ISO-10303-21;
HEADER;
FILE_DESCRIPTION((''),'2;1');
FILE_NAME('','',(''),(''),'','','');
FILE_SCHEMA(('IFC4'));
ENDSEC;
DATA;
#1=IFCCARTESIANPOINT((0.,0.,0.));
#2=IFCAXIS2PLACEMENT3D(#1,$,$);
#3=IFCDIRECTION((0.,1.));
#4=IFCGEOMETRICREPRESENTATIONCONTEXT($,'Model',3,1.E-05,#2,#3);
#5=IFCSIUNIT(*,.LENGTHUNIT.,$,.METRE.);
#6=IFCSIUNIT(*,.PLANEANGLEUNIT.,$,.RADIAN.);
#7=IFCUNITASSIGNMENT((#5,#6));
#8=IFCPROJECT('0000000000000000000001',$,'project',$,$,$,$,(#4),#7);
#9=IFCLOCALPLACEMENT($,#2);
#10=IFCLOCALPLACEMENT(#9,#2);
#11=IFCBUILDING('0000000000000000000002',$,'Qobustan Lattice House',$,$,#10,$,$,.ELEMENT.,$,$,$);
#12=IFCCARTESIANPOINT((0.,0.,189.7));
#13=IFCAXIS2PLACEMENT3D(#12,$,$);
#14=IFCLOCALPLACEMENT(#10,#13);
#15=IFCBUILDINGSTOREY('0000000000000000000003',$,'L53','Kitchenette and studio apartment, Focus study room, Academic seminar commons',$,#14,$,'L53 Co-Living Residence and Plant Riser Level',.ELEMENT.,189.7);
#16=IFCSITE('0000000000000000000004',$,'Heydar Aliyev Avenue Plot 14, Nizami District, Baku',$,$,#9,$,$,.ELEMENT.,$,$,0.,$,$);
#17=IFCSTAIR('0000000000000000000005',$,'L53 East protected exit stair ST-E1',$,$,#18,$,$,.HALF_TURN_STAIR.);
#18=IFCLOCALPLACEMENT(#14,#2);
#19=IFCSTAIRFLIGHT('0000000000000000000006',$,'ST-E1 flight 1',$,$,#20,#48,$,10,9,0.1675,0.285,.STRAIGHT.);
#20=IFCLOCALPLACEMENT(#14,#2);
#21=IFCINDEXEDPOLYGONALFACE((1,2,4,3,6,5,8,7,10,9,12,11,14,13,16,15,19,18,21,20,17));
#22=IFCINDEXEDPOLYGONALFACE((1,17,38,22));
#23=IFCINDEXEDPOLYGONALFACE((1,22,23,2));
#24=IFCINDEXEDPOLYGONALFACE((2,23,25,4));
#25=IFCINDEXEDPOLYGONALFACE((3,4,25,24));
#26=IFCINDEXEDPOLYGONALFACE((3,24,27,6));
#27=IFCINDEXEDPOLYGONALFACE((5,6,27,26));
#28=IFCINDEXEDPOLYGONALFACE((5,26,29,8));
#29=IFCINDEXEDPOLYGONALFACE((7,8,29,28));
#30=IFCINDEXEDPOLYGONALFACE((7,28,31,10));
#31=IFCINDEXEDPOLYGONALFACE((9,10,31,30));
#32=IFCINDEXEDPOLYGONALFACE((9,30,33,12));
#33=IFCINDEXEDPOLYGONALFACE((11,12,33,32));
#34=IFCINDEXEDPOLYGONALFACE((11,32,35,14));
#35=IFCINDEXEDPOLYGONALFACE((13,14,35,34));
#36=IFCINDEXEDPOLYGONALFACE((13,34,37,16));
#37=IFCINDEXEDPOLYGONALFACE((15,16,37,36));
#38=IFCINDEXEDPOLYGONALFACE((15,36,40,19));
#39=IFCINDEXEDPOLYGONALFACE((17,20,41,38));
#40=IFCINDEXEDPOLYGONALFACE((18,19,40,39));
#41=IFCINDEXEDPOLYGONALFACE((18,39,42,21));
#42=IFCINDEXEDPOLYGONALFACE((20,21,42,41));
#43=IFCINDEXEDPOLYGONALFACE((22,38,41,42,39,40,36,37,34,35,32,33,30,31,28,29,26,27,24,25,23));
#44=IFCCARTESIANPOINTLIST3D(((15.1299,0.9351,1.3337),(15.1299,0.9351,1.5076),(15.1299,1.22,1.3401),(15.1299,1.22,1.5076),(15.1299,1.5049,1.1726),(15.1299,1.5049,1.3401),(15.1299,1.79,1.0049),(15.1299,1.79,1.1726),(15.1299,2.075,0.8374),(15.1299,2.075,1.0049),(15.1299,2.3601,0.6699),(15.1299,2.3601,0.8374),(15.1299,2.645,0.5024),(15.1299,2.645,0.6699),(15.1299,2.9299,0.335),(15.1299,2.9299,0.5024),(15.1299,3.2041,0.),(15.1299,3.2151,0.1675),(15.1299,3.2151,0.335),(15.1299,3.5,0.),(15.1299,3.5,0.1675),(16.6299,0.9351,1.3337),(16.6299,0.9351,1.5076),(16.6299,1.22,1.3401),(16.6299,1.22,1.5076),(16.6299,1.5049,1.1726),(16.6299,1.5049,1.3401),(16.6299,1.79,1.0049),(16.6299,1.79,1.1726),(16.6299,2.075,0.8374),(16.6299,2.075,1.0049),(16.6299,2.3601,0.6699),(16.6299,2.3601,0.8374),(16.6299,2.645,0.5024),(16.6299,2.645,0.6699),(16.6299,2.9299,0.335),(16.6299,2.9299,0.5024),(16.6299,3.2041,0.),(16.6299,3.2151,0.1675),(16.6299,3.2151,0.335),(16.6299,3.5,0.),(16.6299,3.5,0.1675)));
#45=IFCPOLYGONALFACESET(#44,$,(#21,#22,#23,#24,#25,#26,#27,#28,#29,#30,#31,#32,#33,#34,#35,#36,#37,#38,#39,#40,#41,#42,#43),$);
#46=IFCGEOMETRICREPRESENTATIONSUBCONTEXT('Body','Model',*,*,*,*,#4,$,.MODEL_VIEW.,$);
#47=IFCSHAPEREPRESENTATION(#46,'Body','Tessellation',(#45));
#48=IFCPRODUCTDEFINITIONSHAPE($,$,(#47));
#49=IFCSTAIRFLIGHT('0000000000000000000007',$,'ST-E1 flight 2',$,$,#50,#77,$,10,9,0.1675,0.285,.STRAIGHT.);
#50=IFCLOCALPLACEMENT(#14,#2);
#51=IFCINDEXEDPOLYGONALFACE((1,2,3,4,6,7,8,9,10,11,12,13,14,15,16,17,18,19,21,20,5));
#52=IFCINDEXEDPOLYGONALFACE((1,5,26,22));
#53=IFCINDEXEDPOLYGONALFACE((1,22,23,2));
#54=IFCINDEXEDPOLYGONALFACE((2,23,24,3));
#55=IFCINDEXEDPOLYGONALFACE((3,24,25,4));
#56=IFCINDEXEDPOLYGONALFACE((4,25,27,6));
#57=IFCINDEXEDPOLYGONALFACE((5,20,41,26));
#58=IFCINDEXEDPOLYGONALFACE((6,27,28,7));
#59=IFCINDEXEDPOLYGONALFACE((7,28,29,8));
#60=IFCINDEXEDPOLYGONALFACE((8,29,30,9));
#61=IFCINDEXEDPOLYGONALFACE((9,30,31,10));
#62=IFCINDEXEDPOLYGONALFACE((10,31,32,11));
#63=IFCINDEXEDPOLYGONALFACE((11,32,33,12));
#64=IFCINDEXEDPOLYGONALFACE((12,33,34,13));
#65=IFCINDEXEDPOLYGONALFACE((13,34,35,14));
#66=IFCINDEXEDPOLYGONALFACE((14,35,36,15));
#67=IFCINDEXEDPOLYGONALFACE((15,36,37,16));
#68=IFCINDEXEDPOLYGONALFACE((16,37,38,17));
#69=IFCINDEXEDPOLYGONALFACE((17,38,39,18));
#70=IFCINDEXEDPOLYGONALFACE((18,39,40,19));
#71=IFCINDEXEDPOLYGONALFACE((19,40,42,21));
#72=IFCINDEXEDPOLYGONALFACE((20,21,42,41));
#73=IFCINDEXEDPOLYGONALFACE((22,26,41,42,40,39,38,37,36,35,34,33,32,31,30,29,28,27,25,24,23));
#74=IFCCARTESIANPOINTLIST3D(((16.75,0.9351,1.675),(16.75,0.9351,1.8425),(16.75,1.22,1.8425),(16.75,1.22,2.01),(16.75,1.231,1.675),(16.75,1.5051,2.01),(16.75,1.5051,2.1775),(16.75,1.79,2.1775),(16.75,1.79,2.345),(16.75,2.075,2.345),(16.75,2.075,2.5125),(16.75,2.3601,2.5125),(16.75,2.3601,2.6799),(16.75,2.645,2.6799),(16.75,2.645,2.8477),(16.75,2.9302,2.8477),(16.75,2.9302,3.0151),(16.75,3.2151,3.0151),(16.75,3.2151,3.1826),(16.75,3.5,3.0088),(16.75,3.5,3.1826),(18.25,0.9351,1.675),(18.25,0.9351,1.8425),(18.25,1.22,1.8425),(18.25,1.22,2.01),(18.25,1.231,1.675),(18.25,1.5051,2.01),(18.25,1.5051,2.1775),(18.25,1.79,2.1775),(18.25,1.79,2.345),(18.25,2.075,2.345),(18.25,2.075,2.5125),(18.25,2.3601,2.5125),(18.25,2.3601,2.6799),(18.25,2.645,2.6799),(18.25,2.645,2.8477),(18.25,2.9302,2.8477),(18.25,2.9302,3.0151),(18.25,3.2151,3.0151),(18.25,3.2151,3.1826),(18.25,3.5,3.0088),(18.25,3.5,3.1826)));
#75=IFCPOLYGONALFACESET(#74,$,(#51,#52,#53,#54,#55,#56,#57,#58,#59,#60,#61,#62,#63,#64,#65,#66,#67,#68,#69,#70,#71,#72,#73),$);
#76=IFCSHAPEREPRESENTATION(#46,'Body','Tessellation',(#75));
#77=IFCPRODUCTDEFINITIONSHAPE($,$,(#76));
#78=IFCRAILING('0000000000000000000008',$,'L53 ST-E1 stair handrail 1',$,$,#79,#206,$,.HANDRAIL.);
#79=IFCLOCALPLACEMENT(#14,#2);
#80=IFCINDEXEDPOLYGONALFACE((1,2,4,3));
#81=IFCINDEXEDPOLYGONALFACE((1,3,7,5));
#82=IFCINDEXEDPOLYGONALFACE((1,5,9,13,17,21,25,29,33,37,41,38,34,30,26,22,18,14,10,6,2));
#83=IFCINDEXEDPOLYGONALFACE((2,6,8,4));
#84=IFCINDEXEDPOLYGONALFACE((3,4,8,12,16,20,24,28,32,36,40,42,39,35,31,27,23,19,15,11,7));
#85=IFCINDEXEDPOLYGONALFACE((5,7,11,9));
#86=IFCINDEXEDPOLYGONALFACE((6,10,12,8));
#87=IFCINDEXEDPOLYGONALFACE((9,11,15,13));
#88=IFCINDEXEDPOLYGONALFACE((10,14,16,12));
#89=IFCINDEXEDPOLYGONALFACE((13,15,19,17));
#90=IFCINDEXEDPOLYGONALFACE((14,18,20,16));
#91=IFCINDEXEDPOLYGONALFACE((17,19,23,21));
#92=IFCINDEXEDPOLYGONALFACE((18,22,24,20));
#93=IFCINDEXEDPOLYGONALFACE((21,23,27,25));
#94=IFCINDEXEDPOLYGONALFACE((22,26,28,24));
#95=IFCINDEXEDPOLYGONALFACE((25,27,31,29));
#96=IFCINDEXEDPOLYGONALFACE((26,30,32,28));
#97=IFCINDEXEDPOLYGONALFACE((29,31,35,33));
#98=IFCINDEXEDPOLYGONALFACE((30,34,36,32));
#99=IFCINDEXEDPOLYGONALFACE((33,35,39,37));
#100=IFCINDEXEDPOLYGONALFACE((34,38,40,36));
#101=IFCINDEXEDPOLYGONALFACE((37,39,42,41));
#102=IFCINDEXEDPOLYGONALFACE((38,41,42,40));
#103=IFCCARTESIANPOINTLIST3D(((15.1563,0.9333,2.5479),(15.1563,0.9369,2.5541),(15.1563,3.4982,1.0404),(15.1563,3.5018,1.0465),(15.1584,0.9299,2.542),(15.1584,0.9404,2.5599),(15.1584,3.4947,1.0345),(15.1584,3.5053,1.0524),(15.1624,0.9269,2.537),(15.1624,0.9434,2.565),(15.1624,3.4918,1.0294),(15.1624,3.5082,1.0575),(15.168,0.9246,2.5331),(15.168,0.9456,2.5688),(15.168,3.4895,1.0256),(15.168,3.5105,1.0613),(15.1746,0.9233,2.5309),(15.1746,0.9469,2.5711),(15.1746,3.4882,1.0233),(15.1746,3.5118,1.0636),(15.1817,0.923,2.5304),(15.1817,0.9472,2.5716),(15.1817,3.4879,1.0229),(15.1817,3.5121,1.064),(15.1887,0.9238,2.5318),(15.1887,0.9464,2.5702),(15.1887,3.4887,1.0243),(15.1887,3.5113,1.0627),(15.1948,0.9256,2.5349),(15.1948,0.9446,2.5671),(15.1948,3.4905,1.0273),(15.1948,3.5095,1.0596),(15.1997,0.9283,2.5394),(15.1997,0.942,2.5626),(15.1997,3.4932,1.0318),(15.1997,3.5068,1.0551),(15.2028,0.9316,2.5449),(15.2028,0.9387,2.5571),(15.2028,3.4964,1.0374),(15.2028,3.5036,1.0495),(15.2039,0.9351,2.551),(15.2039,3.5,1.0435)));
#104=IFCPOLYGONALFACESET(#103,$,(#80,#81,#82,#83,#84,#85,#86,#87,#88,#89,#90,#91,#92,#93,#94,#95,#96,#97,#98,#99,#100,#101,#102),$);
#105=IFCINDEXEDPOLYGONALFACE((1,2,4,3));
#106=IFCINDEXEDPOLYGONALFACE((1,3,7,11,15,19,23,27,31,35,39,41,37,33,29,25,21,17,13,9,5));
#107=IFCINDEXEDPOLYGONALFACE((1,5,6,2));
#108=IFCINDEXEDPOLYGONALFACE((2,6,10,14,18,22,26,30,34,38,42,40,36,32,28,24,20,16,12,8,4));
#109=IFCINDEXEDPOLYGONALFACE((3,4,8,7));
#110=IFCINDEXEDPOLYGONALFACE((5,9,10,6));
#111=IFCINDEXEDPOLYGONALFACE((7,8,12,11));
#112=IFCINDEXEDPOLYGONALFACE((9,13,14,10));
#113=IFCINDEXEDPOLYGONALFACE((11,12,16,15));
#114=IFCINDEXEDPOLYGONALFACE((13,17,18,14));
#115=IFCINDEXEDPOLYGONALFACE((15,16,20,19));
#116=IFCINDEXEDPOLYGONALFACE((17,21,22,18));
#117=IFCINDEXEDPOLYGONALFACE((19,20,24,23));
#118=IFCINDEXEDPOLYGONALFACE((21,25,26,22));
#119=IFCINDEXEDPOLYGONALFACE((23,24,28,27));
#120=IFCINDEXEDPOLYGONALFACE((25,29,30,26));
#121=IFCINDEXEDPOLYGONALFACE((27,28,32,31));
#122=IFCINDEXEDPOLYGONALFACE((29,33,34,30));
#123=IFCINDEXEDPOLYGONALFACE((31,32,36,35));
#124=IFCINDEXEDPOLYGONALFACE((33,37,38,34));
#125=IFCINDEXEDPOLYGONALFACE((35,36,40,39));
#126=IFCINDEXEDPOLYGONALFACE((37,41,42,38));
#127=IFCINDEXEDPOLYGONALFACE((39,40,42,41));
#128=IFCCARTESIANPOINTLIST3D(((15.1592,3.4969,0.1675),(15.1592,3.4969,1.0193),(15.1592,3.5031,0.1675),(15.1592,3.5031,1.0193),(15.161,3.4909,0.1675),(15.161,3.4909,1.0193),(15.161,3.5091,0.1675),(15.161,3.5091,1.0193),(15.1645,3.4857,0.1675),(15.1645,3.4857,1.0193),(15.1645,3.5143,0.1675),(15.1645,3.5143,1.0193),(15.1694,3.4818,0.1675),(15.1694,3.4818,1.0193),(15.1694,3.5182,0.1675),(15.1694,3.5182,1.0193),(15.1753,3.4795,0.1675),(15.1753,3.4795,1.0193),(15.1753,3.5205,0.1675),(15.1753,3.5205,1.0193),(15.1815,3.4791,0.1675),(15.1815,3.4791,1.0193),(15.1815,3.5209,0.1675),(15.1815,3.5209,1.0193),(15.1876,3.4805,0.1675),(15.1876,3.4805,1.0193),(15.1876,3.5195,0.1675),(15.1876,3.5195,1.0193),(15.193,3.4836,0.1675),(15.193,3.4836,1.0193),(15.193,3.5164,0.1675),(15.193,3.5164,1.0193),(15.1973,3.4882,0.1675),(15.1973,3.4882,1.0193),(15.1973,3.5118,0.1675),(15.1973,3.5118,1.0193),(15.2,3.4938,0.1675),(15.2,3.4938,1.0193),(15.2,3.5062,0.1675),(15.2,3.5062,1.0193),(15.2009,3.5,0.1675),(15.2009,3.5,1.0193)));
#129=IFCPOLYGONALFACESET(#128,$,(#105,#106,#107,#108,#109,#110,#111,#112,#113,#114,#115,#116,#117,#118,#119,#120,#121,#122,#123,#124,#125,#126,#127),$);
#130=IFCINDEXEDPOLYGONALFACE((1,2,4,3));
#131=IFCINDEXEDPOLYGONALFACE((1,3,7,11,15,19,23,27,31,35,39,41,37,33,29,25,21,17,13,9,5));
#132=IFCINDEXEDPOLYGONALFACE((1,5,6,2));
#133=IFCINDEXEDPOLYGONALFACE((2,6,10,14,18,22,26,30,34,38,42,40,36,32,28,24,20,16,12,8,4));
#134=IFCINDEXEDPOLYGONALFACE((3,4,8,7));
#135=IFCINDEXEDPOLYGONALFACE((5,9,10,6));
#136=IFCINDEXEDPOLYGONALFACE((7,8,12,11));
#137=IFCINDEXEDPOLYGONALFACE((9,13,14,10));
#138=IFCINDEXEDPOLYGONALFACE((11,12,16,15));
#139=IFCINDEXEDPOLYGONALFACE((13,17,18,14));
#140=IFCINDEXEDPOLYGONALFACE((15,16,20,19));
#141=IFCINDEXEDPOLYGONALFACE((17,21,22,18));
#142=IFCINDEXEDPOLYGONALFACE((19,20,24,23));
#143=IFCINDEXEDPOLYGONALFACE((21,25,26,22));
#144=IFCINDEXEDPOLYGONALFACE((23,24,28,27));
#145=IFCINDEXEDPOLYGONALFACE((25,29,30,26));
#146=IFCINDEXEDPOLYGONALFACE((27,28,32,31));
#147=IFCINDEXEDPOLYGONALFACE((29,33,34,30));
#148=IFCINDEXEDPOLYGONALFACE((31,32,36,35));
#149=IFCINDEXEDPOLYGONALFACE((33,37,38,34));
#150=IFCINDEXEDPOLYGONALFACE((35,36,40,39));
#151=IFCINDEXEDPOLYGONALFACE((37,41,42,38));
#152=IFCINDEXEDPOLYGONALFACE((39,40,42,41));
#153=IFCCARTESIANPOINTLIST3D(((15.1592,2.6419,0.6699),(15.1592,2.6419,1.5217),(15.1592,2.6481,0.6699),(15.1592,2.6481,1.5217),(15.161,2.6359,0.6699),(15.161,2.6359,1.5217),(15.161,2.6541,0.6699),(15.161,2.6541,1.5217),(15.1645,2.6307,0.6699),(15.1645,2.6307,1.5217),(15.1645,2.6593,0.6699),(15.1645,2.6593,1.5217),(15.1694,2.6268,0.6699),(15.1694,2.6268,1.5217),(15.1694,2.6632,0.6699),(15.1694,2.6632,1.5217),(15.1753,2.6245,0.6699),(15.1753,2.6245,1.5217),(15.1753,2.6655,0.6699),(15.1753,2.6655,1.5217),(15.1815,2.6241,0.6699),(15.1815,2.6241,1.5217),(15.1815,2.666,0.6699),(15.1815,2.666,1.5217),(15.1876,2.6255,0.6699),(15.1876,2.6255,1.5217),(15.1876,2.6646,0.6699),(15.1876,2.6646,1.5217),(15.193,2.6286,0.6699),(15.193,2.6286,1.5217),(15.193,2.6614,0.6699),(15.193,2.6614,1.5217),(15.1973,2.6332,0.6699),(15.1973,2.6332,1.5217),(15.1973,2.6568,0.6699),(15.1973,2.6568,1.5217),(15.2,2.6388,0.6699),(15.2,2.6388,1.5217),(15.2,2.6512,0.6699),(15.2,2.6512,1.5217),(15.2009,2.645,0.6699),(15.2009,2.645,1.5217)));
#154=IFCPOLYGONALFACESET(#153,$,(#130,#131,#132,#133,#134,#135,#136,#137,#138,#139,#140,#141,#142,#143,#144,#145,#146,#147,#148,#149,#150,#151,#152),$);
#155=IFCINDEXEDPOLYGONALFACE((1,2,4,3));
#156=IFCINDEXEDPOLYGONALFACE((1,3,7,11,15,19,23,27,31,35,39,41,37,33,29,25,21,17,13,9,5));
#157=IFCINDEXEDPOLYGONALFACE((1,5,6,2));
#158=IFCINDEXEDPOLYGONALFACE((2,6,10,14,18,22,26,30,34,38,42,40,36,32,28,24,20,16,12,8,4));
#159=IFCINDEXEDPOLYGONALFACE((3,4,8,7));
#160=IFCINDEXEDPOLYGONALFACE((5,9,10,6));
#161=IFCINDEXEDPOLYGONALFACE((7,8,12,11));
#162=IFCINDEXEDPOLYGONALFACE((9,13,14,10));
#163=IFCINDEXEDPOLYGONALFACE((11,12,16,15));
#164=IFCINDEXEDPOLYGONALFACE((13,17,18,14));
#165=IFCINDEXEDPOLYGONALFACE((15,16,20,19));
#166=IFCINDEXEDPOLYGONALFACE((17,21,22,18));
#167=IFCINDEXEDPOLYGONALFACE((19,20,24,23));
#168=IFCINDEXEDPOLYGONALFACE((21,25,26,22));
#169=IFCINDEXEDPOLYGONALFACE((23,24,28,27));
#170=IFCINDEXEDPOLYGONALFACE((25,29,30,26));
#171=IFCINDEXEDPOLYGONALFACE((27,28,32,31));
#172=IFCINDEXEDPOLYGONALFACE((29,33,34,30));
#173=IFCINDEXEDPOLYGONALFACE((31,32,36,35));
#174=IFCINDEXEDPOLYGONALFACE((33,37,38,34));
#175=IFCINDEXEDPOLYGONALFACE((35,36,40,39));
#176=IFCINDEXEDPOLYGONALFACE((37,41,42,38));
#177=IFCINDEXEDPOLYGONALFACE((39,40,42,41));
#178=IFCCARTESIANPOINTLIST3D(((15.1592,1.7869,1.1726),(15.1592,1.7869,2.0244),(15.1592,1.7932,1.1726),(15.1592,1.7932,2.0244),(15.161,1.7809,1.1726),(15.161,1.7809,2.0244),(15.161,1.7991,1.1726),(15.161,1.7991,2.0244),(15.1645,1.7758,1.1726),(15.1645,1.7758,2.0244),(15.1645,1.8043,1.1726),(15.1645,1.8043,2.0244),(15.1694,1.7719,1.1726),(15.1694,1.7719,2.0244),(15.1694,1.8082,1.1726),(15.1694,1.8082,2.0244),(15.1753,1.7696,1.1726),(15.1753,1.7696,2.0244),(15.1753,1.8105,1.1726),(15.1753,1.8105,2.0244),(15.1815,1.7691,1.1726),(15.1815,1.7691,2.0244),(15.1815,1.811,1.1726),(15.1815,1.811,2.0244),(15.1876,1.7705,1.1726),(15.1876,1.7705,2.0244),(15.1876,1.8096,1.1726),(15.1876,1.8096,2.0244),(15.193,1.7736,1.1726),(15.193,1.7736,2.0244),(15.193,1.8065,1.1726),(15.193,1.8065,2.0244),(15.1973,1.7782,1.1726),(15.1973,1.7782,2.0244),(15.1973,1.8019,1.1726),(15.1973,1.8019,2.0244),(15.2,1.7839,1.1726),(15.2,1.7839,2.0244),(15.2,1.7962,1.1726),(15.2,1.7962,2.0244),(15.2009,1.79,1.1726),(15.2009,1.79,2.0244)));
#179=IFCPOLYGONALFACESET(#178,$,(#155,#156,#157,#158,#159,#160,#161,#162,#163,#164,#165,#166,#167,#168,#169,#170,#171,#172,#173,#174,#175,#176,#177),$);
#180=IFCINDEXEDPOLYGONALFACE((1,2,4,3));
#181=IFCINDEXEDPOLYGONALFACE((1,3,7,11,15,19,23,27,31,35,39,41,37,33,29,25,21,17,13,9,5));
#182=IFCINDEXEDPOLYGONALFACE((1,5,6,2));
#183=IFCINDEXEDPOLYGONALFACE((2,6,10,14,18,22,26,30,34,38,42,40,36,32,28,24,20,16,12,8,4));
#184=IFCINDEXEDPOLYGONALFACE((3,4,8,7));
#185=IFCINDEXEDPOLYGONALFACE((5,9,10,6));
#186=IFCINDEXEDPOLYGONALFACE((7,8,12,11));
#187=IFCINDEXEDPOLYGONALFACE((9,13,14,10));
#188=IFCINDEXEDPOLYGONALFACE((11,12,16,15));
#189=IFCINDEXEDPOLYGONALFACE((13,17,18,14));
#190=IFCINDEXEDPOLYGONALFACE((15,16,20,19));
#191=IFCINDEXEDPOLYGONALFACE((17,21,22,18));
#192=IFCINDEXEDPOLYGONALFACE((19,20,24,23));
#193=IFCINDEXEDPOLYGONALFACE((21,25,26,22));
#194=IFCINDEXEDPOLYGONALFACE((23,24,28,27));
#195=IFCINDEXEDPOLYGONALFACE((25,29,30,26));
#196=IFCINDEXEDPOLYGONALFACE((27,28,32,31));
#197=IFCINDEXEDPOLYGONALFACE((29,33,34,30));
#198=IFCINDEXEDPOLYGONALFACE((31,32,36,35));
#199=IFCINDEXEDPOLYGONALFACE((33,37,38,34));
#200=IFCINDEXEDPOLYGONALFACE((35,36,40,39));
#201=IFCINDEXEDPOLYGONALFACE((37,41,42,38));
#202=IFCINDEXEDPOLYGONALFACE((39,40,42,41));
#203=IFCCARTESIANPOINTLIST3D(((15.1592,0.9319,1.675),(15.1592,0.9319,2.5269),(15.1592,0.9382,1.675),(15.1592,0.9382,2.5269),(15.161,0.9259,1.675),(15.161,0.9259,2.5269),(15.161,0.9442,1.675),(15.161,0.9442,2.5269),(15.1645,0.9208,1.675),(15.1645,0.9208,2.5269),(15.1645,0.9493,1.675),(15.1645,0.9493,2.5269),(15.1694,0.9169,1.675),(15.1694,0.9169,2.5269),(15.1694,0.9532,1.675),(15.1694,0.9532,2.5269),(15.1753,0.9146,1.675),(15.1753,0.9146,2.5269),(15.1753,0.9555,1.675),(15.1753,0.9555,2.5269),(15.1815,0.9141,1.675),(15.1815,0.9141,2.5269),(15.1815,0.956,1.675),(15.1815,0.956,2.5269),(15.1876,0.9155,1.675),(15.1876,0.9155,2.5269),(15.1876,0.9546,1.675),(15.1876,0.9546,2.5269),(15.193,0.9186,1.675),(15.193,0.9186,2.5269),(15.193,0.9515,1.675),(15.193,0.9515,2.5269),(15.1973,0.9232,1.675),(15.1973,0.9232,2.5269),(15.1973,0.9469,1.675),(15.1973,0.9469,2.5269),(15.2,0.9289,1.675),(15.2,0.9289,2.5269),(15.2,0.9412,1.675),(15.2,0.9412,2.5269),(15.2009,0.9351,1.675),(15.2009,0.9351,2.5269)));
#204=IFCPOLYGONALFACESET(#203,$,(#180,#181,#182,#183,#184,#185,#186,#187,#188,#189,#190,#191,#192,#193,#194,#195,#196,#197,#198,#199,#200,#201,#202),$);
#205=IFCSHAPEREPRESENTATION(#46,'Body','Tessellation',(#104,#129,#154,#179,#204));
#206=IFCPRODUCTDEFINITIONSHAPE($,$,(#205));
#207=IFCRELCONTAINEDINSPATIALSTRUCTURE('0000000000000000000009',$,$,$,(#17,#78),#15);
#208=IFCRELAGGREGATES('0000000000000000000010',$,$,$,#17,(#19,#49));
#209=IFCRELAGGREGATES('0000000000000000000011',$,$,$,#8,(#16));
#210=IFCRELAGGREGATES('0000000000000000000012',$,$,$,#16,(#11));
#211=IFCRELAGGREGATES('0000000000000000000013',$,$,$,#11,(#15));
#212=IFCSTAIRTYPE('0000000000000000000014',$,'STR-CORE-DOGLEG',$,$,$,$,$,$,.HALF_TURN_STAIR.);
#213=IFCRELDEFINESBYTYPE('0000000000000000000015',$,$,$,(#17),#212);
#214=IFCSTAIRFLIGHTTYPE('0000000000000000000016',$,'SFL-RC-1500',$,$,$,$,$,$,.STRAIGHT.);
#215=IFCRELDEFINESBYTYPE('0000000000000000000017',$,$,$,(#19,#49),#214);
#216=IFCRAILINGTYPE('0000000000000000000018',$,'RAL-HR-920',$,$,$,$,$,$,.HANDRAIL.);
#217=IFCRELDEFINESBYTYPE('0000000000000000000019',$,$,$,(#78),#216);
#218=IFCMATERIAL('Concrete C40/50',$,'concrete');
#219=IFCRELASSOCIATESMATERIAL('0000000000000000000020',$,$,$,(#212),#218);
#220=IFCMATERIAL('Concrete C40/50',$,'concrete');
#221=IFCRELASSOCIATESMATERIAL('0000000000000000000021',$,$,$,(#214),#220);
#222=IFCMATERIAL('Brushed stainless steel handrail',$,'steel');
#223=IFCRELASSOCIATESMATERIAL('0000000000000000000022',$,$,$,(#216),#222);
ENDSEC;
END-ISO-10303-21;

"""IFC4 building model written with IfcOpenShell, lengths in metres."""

from ifc_helpers import new_model, si_unit, direction, frame, origin, origin_2d, place, context, subcontext, project, spatial, polyline, circle, outline, extrude, material, type_object, element, aggregate, save


model = new_model("IFC4")

# Units and contexts
model_context = context("Model", 3, precision=1e-05, world=origin(), true_north=direction((0.0, 1.0)))
body_context = subcontext(model_context, "Body", "Model", "MODEL_VIEW")
ifc_project = project(units=[si_unit("LENGTHUNIT", "METRE"), si_unit("PLANEANGLEUNIT", "RADIAN")], contexts=[model_context])

# Site, building, storey
site_placement = place(None, origin())
site = spatial("IfcSite", under=ifc_project, at=site_placement, Name="Heydar Aliyev Avenue Plot 14, Nizami District, Baku", CompositionType="ELEMENT", RefElevation=0.0)
building_placement = place(site_placement, origin())
building = spatial("IfcBuilding", under=site, at=building_placement, Name="Qobustan Lattice House", CompositionType="ELEMENT")
storey_placement = place(building_placement, frame((0.0, 0.0, 189.7)))
storey = spatial("IfcBuildingStorey", under=building, at=storey_placement, Name="L53", Description="Kitchenette and studio apartment, Focus study room, Academic seminar commons", LongName="L53 Co-Living Residence and Plant Riser Level", CompositionType="ELEMENT", Elevation=189.7)

# Stair, stair flights
ifc_material_1 = material(Name="Concrete C40/50", Category="concrete")
stair_type = type_object("IfcStairType", Name="STR-CORE-DOGLEG", PredefinedType="HALF_TURN_STAIR", material=ifc_material_1)
stair_placement = place(storey_placement, origin())
stair = element("IfcStair", 1, at=stair_placement, inside=storey, type_object=stair_type, Name="L53 East protected exit stair ST-E1", PredefinedType="HALF_TURN_STAIR")
ifc_material_2 = material(Name="Concrete C40/50", Category="concrete")
stair_flight_type = type_object("IfcStairFlightType", Name="SFL-RC-1500", PredefinedType="STRAIGHT", material=ifc_material_2)
stair_flight_1_placement = place(storey_placement, frame((15.8799, 3.5, 0.0), z_axis=(0.0, 0.0, 1.0), x_axis=(0.0, -1.0, 0.0)))
stair_flight_1 = element("IfcStairFlight", 2, at=stair_flight_1_placement, type_object=stair_flight_type, Name="ST-E1 flight 1", NumberOfRisers=10, NumberOfTreads=9, PredefinedType="STRAIGHT", RiserHeight=0.1675, TreadLength=0.285, context=body_context, shape_type="SweptSolid", body=[
    extrude(outline(polyline([(0.0, 0.0), (0.0, 0.1675), (0.2849, 0.1675), (0.2849, 0.335), (0.5701, 0.335), (0.5701, 0.5024), (0.855, 0.5024), (0.855, 0.6699), (1.1399, 0.6699), (1.1399, 0.8374), (1.425, 0.8374), (1.425, 1.0049), (1.71, 1.0049), (1.71, 1.1726), (1.9951, 1.1726), (1.9951, 1.3401), (2.28, 1.3401), (2.28, 1.5076), (2.5649, 1.5076), (2.5649, 1.675), (2.5649, 1.3337), (0.2959, 0.0), (0.0, 0.0)])), frame((0.0, 0.75, 0.0), z_axis=(0.0, -1.0, 0.0), x_axis=(1.0, 0.0, 0.0)), (0.0, 0.0, 1.0), 1.5),
])
stair_flight_2_placement = place(storey_placement, frame((17.5, 0.9351, 1.675), z_axis=(0.0, 0.0, 1.0), x_axis=(0.0, 1.0, 0.0)))
stair_flight_2 = element("IfcStairFlight", 3, at=stair_flight_2_placement, type_object=stair_flight_type, Name="ST-E1 flight 2", NumberOfRisers=10, NumberOfTreads=9, PredefinedType="STRAIGHT", RiserHeight=0.1675, TreadLength=0.285, context=body_context, shape_type="SweptSolid", body=[
    extrude(outline(polyline([(0.0, 0.0), (0.0, 0.1675), (0.2849, 0.1675), (0.2849, 0.335), (0.5701, 0.335), (0.5701, 0.5024), (0.855, 0.5024), (0.855, 0.6699), (1.1399, 0.6699), (1.1399, 0.8374), (1.425, 0.8374), (1.425, 1.0049), (1.71, 1.0049), (1.71, 1.1726), (1.9951, 1.1726), (1.9951, 1.3401), (2.28, 1.3401), (2.28, 1.5076), (2.5649, 1.5076), (2.5649, 1.675), (2.5649, 1.3337), (0.2959, 0.0), (0.0, 0.0)])), frame((0.0, 0.75, 0.0), z_axis=(0.0, -1.0, 0.0), x_axis=(1.0, 0.0, 0.0)), (0.0, 0.0, 1.0), 1.5),
])
aggregate(stair, [stair_flight_1, stair_flight_2])

# Railing
ifc_material_3 = material(Name="Brushed stainless steel handrail", Category="steel")
railing_type_1 = type_object("IfcRailingType", Name="RAL-HR-920", PredefinedType="HANDRAIL", material=ifc_material_3)
railing_1_placement = place(storey_placement, frame((15.1799, 3.5, 0.1675)))
element("IfcRailing", 4, at=railing_1_placement, inside=storey, type_object=railing_type_1, Name="L53 ST-E1 stair handrail 1", PredefinedType="HANDRAIL", context=body_context, shape_type="SweptSolid", body=[
    extrude(circle(Radius=0.0239, at=origin_2d()), frame((0.0, 0.0, 0.876), z_axis=(0.0, -0.862113, 0.506715), x_axis=(1.0, 0.0, 0.0)), (0.0, 0.0, 1.0), 2.9751),
    extrude(circle(Radius=0.021, at=origin_2d()), origin(), (0.0, 0.0, 1.0), 0.8518),
    extrude(circle(Radius=0.021, at=origin_2d()), frame((0.0, -0.855, 0.5024)), (0.0, 0.0, 1.0), 0.8518),
    extrude(circle(Radius=0.021, at=origin_2d()), frame((0.0, -1.71, 1.0051)), (0.0, 0.0, 1.0), 0.8518),
    extrude(circle(Radius=0.021, at=origin_2d()), frame((0.0, -2.5649, 1.5076)), (0.0, 0.0, 1.0), 0.8518),
])

save(model, "model.ifc")
